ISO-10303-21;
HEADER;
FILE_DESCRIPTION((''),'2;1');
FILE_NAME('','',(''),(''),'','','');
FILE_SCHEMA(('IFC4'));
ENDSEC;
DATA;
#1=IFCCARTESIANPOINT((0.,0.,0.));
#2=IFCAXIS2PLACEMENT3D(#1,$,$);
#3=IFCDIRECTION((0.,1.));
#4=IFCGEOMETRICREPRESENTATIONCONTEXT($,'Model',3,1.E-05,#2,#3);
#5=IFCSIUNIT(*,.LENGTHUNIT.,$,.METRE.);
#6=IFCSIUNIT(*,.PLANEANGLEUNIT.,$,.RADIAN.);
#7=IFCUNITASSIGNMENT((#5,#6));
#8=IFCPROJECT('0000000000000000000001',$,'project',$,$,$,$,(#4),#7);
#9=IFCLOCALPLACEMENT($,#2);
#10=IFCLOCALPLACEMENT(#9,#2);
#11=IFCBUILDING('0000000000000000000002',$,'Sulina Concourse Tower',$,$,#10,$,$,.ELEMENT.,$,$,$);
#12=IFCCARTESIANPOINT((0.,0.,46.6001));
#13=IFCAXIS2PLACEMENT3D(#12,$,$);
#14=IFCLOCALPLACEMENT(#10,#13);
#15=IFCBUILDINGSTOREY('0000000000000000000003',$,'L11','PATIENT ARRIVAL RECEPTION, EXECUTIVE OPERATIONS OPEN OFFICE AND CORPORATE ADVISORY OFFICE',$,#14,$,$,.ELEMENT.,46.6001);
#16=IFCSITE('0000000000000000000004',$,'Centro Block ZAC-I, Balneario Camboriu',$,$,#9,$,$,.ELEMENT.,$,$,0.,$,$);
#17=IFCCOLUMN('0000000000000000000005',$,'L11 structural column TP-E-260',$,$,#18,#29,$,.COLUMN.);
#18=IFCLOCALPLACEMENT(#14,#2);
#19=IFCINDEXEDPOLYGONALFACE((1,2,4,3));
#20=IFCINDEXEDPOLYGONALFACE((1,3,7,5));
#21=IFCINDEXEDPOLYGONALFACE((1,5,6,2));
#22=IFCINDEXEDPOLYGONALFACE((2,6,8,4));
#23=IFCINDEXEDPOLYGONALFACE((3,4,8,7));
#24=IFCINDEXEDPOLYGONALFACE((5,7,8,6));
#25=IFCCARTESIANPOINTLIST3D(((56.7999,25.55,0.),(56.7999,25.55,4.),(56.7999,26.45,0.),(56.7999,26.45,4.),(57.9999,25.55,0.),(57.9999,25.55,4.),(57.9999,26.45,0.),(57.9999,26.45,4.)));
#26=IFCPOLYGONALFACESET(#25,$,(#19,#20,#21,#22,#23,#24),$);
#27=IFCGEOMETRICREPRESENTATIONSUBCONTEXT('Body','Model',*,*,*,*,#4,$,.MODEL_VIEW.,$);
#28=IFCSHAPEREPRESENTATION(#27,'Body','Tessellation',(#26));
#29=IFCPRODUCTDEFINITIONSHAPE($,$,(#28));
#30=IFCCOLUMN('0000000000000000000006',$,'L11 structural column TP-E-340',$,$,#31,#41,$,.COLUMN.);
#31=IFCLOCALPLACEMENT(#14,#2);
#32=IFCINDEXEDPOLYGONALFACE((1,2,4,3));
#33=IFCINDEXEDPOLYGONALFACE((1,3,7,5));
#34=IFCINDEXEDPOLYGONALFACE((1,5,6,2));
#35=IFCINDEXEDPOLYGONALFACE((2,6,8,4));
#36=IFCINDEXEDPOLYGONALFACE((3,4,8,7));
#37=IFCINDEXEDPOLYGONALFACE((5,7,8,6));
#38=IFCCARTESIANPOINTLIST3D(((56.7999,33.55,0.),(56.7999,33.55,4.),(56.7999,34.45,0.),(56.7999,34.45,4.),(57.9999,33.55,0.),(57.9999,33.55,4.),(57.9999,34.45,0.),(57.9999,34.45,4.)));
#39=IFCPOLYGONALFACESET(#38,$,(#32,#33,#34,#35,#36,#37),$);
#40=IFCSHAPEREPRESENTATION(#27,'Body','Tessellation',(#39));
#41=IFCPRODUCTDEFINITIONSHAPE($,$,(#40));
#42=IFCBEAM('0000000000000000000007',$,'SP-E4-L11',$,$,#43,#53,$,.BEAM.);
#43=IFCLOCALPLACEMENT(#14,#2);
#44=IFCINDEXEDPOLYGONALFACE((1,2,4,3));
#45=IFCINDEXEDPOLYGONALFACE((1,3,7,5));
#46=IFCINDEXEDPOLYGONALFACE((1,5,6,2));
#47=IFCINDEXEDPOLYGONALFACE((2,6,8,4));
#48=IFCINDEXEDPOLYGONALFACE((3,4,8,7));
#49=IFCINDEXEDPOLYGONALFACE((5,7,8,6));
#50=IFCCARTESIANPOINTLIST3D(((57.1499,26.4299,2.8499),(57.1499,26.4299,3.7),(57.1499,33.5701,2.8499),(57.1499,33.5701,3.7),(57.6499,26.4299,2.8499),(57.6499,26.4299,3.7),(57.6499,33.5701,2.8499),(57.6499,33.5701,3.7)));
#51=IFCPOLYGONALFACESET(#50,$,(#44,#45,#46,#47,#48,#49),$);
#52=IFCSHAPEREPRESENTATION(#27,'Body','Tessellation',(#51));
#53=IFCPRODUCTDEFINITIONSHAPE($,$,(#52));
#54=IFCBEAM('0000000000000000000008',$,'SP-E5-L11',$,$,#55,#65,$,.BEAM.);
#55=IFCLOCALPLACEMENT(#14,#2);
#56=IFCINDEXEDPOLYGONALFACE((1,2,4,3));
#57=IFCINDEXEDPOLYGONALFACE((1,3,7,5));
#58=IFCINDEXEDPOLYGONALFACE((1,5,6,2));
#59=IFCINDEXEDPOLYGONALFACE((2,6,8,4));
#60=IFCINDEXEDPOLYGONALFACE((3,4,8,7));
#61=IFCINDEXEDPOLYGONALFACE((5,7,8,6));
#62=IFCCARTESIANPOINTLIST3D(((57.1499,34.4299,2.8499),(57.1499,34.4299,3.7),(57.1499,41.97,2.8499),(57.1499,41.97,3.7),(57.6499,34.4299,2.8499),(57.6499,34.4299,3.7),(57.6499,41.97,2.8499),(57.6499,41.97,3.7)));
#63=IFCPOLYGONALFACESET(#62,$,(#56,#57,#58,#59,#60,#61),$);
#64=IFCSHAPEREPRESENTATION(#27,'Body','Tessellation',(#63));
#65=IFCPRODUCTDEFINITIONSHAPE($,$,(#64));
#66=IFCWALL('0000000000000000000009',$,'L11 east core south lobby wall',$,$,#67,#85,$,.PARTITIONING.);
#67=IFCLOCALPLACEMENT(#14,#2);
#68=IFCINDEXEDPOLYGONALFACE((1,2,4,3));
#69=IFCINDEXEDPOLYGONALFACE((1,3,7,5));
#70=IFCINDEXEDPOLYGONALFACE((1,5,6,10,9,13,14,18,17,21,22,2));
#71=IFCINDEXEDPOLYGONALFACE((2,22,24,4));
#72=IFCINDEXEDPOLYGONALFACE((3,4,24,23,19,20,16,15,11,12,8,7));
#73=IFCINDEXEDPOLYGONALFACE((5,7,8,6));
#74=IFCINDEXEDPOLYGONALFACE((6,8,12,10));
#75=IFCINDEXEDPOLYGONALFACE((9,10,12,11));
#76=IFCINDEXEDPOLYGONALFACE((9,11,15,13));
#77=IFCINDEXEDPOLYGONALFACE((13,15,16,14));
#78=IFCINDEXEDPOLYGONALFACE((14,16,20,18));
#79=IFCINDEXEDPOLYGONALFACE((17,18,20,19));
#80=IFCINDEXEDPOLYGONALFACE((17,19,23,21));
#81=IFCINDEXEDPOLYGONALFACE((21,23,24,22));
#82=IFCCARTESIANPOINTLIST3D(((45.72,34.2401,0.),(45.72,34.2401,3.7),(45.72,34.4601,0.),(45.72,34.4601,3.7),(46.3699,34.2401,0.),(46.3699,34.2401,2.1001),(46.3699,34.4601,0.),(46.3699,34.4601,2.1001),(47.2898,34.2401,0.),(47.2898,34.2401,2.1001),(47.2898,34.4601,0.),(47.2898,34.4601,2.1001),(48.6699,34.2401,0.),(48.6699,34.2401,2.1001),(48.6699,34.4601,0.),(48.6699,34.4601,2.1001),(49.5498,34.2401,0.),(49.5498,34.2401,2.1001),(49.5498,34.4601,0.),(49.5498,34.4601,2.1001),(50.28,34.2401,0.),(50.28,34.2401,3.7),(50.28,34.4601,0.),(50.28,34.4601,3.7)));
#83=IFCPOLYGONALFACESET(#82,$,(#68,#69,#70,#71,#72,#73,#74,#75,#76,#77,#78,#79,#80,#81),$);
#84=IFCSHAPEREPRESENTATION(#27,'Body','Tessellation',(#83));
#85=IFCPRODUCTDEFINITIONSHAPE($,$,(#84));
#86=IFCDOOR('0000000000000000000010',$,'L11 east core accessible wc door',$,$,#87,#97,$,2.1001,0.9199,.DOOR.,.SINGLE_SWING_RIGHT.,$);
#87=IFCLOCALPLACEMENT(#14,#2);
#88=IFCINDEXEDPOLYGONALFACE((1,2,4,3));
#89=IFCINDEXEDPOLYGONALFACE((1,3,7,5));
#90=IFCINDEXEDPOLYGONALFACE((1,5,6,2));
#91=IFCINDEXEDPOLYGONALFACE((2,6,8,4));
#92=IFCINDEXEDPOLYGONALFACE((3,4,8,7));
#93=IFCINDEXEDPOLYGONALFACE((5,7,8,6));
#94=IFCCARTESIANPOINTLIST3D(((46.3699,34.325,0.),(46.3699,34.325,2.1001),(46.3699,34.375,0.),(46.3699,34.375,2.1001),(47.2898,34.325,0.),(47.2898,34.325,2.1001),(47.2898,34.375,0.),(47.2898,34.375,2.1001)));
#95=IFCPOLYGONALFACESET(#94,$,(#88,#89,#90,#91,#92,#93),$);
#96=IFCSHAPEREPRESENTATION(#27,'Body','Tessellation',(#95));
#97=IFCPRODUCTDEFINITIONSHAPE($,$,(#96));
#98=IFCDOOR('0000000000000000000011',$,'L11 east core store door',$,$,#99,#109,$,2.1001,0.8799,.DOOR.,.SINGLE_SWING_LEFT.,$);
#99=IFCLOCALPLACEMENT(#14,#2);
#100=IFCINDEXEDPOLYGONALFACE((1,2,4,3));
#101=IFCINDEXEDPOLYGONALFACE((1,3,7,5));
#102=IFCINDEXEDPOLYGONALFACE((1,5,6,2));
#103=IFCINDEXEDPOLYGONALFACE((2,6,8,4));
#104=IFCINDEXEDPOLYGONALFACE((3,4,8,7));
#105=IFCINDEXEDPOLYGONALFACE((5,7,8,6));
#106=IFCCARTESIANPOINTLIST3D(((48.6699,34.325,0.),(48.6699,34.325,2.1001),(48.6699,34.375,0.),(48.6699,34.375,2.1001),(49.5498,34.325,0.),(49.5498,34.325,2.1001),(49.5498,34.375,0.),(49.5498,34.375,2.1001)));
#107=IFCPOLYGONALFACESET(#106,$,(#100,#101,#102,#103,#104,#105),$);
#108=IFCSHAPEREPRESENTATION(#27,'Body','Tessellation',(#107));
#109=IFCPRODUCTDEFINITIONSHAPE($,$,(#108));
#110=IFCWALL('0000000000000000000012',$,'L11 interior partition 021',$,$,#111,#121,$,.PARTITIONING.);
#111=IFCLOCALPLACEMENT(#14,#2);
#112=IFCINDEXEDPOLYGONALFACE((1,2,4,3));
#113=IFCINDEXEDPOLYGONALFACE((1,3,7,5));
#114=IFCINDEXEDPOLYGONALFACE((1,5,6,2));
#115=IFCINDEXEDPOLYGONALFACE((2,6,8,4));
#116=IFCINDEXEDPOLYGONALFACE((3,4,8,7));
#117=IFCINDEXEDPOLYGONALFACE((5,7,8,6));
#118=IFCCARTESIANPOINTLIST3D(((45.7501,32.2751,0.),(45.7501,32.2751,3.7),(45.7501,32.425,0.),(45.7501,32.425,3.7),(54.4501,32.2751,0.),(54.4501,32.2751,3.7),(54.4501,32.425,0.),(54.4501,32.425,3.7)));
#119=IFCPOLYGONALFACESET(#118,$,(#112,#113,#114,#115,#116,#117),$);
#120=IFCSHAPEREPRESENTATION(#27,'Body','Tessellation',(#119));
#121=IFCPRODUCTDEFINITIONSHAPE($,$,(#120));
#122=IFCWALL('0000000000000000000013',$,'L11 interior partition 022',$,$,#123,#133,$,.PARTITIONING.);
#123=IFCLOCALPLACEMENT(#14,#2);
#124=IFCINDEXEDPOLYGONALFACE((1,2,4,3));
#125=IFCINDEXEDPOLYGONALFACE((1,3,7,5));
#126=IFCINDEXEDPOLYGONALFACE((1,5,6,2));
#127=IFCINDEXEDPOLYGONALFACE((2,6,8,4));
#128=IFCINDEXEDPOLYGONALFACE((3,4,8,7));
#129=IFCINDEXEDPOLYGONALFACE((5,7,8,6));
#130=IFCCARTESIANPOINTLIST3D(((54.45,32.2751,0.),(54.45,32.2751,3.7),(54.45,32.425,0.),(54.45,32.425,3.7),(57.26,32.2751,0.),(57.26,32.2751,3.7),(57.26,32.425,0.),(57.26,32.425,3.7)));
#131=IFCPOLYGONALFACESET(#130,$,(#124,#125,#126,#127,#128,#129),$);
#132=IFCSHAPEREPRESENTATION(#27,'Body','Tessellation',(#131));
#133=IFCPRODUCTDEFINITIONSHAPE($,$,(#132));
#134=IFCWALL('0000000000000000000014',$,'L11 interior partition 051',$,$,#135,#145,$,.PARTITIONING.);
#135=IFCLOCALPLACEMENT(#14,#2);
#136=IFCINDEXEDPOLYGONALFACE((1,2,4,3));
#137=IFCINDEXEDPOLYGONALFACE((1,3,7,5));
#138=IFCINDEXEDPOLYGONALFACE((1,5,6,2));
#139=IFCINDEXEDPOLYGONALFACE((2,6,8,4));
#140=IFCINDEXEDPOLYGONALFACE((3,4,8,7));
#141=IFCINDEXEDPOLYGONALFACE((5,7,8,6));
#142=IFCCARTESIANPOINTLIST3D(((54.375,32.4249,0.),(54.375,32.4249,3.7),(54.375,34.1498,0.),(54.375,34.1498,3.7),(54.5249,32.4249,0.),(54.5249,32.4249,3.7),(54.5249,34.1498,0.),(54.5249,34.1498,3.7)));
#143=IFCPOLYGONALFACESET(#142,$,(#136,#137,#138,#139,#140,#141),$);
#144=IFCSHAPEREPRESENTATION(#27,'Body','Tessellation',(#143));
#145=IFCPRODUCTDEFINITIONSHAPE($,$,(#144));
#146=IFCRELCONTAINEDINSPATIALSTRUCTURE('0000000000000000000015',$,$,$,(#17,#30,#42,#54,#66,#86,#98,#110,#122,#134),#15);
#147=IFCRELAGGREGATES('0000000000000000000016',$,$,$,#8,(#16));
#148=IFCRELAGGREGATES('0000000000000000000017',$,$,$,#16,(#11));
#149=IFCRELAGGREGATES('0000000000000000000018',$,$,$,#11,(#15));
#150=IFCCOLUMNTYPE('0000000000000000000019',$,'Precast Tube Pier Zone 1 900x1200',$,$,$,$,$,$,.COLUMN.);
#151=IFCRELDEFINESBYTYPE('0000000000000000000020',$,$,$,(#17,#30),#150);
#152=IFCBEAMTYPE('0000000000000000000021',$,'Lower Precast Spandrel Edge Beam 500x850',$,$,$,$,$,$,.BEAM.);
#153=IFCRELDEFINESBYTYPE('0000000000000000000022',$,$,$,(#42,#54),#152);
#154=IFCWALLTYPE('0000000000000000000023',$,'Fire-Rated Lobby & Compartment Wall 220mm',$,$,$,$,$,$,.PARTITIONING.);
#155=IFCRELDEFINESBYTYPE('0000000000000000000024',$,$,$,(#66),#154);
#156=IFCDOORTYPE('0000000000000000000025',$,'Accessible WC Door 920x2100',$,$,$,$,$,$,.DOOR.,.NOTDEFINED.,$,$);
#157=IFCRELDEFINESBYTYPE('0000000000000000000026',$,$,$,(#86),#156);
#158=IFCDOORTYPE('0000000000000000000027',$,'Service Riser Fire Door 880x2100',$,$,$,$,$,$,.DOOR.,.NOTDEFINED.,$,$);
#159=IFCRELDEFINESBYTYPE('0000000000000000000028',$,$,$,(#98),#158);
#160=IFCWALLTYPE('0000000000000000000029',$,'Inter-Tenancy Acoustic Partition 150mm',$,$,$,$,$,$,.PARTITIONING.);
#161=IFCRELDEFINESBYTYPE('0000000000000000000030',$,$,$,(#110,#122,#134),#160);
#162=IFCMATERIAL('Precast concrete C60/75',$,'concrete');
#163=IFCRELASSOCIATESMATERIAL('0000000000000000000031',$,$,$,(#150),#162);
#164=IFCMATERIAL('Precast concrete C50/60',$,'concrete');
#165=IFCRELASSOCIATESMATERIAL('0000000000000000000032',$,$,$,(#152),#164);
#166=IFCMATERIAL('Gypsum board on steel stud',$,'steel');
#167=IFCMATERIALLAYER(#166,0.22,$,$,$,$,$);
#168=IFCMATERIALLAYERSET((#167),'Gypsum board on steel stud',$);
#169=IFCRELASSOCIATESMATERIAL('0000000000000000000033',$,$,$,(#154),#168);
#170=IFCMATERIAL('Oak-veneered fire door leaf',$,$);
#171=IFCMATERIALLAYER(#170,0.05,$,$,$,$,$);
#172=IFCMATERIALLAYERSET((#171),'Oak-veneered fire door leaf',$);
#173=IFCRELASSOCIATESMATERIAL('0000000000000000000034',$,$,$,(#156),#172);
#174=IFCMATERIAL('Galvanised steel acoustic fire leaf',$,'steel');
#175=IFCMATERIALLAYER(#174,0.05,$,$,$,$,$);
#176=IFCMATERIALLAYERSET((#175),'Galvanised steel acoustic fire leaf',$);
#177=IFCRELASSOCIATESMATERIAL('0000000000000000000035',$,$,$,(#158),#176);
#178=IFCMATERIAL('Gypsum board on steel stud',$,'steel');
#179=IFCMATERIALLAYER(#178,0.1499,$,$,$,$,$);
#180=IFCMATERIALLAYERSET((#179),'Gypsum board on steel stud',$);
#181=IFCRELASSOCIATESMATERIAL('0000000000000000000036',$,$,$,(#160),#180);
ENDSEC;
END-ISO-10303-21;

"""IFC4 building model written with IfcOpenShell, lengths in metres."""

from ifc_helpers import new_model, si_unit, direction, frame, frame_2d, origin, origin_2d, place, context, subcontext, project, spatial, rectangle, extrude, material, layer, layer_set, material_profile, profile_set, type_object, element, fill, save


model = new_model("IFC4")

# Units and contexts
model_context = context("Model", 3, precision=1e-05, world=origin(), true_north=direction((0.0, 1.0)))
body_context = subcontext(model_context, "Body", "Model", "MODEL_VIEW")
ifc_project = project(units=[si_unit("LENGTHUNIT", "METRE"), si_unit("PLANEANGLEUNIT", "RADIAN")], contexts=[model_context])

# Site, building, storey
site_placement = place(None, origin())
site = spatial("IfcSite", under=ifc_project, at=site_placement, Name="Centro Block ZAC-I, Balneario Camboriu", CompositionType="ELEMENT", RefElevation=0.0)
building_placement = place(site_placement, origin())
building = spatial("IfcBuilding", under=site, at=building_placement, Name="Sulina Concourse Tower", CompositionType="ELEMENT")
storey_placement = place(building_placement, frame((0.0, 0.0, 46.6001)))
storey = spatial("IfcBuildingStorey", under=building, at=storey_placement, Name="L11", Description="PATIENT ARRIVAL RECEPTION, EXECUTIVE OPERATIONS OPEN OFFICE AND CORPORATE ADVISORY OFFICE", CompositionType="ELEMENT", Elevation=46.6001)

# Columns
ifc_material_1 = material(Name="Precast concrete C60/75", Category="concrete")
ifc_material_profile_1 = material_profile(ifc_material_1, rectangle(XDim=0.8999, YDim=1.2, at=origin_2d()), Name="PC 900x1200")
ifc_profile_set_1 = profile_set([ifc_material_profile_1], Name="Precast concrete C60/75")
column_type = type_object("IfcColumnType", Name="Precast Tube Pier Zone 1 900x1200", PredefinedType="COLUMN", material=ifc_profile_set_1)
for number, where, z_axis, x_axis, name in (
    (1, (57.3999, 26.0, 0.0), (0.0, 0.0, 1.0), (0.0, 1.0, 0.0), "L11 structural column TP-E-260"),
    (2, (57.3999, 34.0, 0.0), (0.0, 0.0, 1.0), (0.0, 1.0, 0.0), "L11 structural column TP-E-340"),
):
    element("IfcColumn", number, at=place(storey_placement, frame(where, z_axis=z_axis, x_axis=x_axis)), inside=storey, type_object=column_type, Name=name, PredefinedType="COLUMN", context=body_context, shape_type="SweptSolid", body=[
        extrude(rectangle(XDim=0.8999, YDim=1.2, at=origin_2d()), origin(), (0.0, 0.0, 1.0), 4.0),
    ])

# Beams
ifc_material_2 = material(Name="Precast concrete C50/60", Category="concrete")
ifc_material_profile_2 = material_profile(ifc_material_2, rectangle(XDim=0.5, YDim=0.8501, at=origin_2d()), Name="RC 500x850")
ifc_profile_set_2 = profile_set([ifc_material_profile_2], Name="Precast concrete C50/60")
beam_type = type_object("IfcBeamType", Name="Lower Precast Spandrel Edge Beam 500x850", PredefinedType="BEAM", material=ifc_profile_set_2)
beam_1_placement = place(storey_placement, frame((57.3999, 26.4299, 3.2749), z_axis=(0.0, 1.0, 0.0), x_axis=(-1.0, 0.0, 0.0)))
element("IfcBeam", 3, at=beam_1_placement, inside=storey, type_object=beam_type, Name="SP-E4-L11", PredefinedType="BEAM", context=body_context, shape_type="SweptSolid", body=[
    extrude(rectangle(XDim=0.5, YDim=0.8501, at=origin_2d()), origin(), (0.0, 0.0, 1.0), 7.1401),
])
beam_2_placement = place(storey_placement, frame((57.3999, 34.4299, 3.2749), z_axis=(0.0, 1.0, 0.0), x_axis=(-1.0, 0.0, 0.0)))
element("IfcBeam", 4, at=beam_2_placement, inside=storey, type_object=beam_type, Name="SP-E5-L11", PredefinedType="BEAM", context=body_context, shape_type="SweptSolid", body=[
    extrude(rectangle(XDim=0.5, YDim=0.8501, at=origin_2d()), origin(), (0.0, 0.0, 1.0), 7.54),
])

# Wall, openings, doors
ifc_material_3 = material(Name="Gypsum board on steel stud", Category="steel")
ifc_layer_1 = layer(ifc_material_3, 0.22)
ifc_layer_set_1 = layer_set([ifc_layer_1], Name="Gypsum board on steel stud")
wall_type_1 = type_object("IfcWallType", Name="Fire-Rated Lobby & Compartment Wall 220mm", PredefinedType="PARTITIONING", material=ifc_layer_set_1)
wall_1_placement = place(storey_placement, frame((45.72, 34.3501, 0.0), z_axis=(0.0, 0.0, 1.0), x_axis=(1.0, 0.0, 0.0)))
wall_1 = element("IfcWall", 5, at=wall_1_placement, inside=storey, type_object=wall_type_1, Name="L11 east core south lobby wall", PredefinedType="PARTITIONING", context=body_context, shape_type="SweptSolid", body=[
    extrude(rectangle(XDim=4.5601, YDim=0.22, at=frame_2d((2.28, 0.0))), origin(), (0.0, 0.0, 1.0), 3.7),
])
opening_1_placement = place(wall_1_placement, frame((0.6499, 0.0, 0.0)))
opening_1 = element("IfcOpeningElement", 6, at=opening_1_placement, cuts=wall_1, PredefinedType="OPENING", context=body_context, shape_type="SweptSolid", body=[
    extrude(rectangle(XDim=0.9199, YDim=2.1001, at=frame_2d((0.46, 1.05))), frame((0.0, 0.1199, 0.0), z_axis=(0.0, -1.0, 0.0), x_axis=(1.0, 0.0, 0.0)), (0.0, 0.0, 1.0), 0.24),
])
opening_2_placement = place(wall_1_placement, frame((2.95, 0.0, 0.0)))
opening_2 = element("IfcOpeningElement", 7, at=opening_2_placement, cuts=wall_1, PredefinedType="OPENING", context=body_context, shape_type="SweptSolid", body=[
    extrude(rectangle(XDim=0.8799, YDim=2.1001, at=frame_2d((0.4399, 1.05))), frame((0.0, 0.1199, 0.0), z_axis=(0.0, -1.0, 0.0), x_axis=(1.0, 0.0, 0.0)), (0.0, 0.0, 1.0), 0.24),
])
ifc_material_4 = material(Name="Oak-veneered fire door leaf")
ifc_layer_2 = layer(ifc_material_4, 0.05)
ifc_layer_set_2 = layer_set([ifc_layer_2], Name="Oak-veneered fire door leaf")
door_type_1 = type_object("IfcDoorType", Name="Accessible WC Door 920x2100", OperationType="NOTDEFINED", PredefinedType="DOOR", material=ifc_layer_set_2)
door_1_placement = place(opening_1_placement, origin())
door_1 = element("IfcDoor", 8, at=door_1_placement, inside=storey, type_object=door_type_1, Name="L11 east core accessible wc door", OperationType="SINGLE_SWING_RIGHT", OverallHeight=2.1001, OverallWidth=0.9199, PredefinedType="DOOR", context=body_context, shape_type="SweptSolid", body=[
    extrude(rectangle(XDim=0.9199, YDim=2.1001, at=frame_2d((0.46, 1.05))), frame((0.0, 0.0249, 0.0), z_axis=(0.0, -1.0, 0.0), x_axis=(1.0, 0.0, 0.0)), (0.0, 0.0, 1.0), 0.05),
])
fill(opening_1, door_1)
ifc_material_5 = material(Name="Galvanised steel acoustic fire leaf", Category="steel")
ifc_layer_3 = layer(ifc_material_5, 0.05)
ifc_layer_set_3 = layer_set([ifc_layer_3], Name="Galvanised steel acoustic fire leaf")
door_type_2 = type_object("IfcDoorType", Name="Service Riser Fire Door 880x2100", OperationType="NOTDEFINED", PredefinedType="DOOR", material=ifc_layer_set_3)
door_2_placement = place(opening_2_placement, origin())
door_2 = element("IfcDoor", 9, at=door_2_placement, inside=storey, type_object=door_type_2, Name="L11 east core store door", OperationType="SINGLE_SWING_LEFT", OverallHeight=2.1001, OverallWidth=0.8799, PredefinedType="DOOR", context=body_context, shape_type="SweptSolid", body=[
    extrude(rectangle(XDim=0.8799, YDim=2.1001, at=frame_2d((0.4399, 1.05))), frame((0.0, 0.0249, 0.0), z_axis=(0.0, -1.0, 0.0), x_axis=(1.0, 0.0, 0.0)), (0.0, 0.0, 1.0), 0.05),
])
fill(opening_2, door_2)

# Walls
ifc_material_6 = material(Name="Gypsum board on steel stud", Category="steel")
ifc_layer_4 = layer(ifc_material_6, 0.1499)
ifc_layer_set_4 = layer_set([ifc_layer_4], Name="Gypsum board on steel stud")
wall_type_2 = type_object("IfcWallType", Name="Inter-Tenancy Acoustic Partition 150mm", PredefinedType="PARTITIONING", material=ifc_layer_set_4)
wall_2_placement = place(storey_placement, frame((45.75, 32.3501, 0.0), z_axis=(0.0, 0.0, 1.0), x_axis=(1.0, 0.0, 0.0)))
element("IfcWall", 10, at=wall_2_placement, inside=storey, type_object=wall_type_2, Name="L11 interior partition 021", PredefinedType="PARTITIONING", context=body_context, shape_type="SweptSolid", body=[
    extrude(rectangle(XDim=8.7, YDim=0.1499, at=frame_2d((4.3501, 0.0))), origin(), (0.0, 0.0, 1.0), 3.7),
])
wall_3_placement = place(storey_placement, frame((54.45, 32.3501, 0.0), z_axis=(0.0, 0.0, 1.0), x_axis=(1.0, 0.0, 0.0)))
element("IfcWall", 11, at=wall_3_placement, inside=storey, type_object=wall_type_2, Name="L11 interior partition 022", PredefinedType="PARTITIONING", context=body_context, shape_type="SweptSolid", body=[
    extrude(rectangle(XDim=2.8101, YDim=0.1499, at=frame_2d((1.405, 0.0))), origin(), (0.0, 0.0, 1.0), 3.7),
])
wall_4_placement = place(storey_placement, frame((54.45, 32.425, 0.0), z_axis=(0.0, 0.0, 1.0), x_axis=(0.0, 1.0, 0.0)))
element("IfcWall", 12, at=wall_4_placement, inside=storey, type_object=wall_type_2, Name="L11 interior partition 051", PredefinedType="PARTITIONING", context=body_context, shape_type="SweptSolid", body=[
    extrude(rectangle(XDim=1.7249, YDim=0.1499, at=frame_2d((0.8623, 0.0))), origin(), (0.0, 0.0, 1.0), 3.7),
])

save(model, "model.ifc")
